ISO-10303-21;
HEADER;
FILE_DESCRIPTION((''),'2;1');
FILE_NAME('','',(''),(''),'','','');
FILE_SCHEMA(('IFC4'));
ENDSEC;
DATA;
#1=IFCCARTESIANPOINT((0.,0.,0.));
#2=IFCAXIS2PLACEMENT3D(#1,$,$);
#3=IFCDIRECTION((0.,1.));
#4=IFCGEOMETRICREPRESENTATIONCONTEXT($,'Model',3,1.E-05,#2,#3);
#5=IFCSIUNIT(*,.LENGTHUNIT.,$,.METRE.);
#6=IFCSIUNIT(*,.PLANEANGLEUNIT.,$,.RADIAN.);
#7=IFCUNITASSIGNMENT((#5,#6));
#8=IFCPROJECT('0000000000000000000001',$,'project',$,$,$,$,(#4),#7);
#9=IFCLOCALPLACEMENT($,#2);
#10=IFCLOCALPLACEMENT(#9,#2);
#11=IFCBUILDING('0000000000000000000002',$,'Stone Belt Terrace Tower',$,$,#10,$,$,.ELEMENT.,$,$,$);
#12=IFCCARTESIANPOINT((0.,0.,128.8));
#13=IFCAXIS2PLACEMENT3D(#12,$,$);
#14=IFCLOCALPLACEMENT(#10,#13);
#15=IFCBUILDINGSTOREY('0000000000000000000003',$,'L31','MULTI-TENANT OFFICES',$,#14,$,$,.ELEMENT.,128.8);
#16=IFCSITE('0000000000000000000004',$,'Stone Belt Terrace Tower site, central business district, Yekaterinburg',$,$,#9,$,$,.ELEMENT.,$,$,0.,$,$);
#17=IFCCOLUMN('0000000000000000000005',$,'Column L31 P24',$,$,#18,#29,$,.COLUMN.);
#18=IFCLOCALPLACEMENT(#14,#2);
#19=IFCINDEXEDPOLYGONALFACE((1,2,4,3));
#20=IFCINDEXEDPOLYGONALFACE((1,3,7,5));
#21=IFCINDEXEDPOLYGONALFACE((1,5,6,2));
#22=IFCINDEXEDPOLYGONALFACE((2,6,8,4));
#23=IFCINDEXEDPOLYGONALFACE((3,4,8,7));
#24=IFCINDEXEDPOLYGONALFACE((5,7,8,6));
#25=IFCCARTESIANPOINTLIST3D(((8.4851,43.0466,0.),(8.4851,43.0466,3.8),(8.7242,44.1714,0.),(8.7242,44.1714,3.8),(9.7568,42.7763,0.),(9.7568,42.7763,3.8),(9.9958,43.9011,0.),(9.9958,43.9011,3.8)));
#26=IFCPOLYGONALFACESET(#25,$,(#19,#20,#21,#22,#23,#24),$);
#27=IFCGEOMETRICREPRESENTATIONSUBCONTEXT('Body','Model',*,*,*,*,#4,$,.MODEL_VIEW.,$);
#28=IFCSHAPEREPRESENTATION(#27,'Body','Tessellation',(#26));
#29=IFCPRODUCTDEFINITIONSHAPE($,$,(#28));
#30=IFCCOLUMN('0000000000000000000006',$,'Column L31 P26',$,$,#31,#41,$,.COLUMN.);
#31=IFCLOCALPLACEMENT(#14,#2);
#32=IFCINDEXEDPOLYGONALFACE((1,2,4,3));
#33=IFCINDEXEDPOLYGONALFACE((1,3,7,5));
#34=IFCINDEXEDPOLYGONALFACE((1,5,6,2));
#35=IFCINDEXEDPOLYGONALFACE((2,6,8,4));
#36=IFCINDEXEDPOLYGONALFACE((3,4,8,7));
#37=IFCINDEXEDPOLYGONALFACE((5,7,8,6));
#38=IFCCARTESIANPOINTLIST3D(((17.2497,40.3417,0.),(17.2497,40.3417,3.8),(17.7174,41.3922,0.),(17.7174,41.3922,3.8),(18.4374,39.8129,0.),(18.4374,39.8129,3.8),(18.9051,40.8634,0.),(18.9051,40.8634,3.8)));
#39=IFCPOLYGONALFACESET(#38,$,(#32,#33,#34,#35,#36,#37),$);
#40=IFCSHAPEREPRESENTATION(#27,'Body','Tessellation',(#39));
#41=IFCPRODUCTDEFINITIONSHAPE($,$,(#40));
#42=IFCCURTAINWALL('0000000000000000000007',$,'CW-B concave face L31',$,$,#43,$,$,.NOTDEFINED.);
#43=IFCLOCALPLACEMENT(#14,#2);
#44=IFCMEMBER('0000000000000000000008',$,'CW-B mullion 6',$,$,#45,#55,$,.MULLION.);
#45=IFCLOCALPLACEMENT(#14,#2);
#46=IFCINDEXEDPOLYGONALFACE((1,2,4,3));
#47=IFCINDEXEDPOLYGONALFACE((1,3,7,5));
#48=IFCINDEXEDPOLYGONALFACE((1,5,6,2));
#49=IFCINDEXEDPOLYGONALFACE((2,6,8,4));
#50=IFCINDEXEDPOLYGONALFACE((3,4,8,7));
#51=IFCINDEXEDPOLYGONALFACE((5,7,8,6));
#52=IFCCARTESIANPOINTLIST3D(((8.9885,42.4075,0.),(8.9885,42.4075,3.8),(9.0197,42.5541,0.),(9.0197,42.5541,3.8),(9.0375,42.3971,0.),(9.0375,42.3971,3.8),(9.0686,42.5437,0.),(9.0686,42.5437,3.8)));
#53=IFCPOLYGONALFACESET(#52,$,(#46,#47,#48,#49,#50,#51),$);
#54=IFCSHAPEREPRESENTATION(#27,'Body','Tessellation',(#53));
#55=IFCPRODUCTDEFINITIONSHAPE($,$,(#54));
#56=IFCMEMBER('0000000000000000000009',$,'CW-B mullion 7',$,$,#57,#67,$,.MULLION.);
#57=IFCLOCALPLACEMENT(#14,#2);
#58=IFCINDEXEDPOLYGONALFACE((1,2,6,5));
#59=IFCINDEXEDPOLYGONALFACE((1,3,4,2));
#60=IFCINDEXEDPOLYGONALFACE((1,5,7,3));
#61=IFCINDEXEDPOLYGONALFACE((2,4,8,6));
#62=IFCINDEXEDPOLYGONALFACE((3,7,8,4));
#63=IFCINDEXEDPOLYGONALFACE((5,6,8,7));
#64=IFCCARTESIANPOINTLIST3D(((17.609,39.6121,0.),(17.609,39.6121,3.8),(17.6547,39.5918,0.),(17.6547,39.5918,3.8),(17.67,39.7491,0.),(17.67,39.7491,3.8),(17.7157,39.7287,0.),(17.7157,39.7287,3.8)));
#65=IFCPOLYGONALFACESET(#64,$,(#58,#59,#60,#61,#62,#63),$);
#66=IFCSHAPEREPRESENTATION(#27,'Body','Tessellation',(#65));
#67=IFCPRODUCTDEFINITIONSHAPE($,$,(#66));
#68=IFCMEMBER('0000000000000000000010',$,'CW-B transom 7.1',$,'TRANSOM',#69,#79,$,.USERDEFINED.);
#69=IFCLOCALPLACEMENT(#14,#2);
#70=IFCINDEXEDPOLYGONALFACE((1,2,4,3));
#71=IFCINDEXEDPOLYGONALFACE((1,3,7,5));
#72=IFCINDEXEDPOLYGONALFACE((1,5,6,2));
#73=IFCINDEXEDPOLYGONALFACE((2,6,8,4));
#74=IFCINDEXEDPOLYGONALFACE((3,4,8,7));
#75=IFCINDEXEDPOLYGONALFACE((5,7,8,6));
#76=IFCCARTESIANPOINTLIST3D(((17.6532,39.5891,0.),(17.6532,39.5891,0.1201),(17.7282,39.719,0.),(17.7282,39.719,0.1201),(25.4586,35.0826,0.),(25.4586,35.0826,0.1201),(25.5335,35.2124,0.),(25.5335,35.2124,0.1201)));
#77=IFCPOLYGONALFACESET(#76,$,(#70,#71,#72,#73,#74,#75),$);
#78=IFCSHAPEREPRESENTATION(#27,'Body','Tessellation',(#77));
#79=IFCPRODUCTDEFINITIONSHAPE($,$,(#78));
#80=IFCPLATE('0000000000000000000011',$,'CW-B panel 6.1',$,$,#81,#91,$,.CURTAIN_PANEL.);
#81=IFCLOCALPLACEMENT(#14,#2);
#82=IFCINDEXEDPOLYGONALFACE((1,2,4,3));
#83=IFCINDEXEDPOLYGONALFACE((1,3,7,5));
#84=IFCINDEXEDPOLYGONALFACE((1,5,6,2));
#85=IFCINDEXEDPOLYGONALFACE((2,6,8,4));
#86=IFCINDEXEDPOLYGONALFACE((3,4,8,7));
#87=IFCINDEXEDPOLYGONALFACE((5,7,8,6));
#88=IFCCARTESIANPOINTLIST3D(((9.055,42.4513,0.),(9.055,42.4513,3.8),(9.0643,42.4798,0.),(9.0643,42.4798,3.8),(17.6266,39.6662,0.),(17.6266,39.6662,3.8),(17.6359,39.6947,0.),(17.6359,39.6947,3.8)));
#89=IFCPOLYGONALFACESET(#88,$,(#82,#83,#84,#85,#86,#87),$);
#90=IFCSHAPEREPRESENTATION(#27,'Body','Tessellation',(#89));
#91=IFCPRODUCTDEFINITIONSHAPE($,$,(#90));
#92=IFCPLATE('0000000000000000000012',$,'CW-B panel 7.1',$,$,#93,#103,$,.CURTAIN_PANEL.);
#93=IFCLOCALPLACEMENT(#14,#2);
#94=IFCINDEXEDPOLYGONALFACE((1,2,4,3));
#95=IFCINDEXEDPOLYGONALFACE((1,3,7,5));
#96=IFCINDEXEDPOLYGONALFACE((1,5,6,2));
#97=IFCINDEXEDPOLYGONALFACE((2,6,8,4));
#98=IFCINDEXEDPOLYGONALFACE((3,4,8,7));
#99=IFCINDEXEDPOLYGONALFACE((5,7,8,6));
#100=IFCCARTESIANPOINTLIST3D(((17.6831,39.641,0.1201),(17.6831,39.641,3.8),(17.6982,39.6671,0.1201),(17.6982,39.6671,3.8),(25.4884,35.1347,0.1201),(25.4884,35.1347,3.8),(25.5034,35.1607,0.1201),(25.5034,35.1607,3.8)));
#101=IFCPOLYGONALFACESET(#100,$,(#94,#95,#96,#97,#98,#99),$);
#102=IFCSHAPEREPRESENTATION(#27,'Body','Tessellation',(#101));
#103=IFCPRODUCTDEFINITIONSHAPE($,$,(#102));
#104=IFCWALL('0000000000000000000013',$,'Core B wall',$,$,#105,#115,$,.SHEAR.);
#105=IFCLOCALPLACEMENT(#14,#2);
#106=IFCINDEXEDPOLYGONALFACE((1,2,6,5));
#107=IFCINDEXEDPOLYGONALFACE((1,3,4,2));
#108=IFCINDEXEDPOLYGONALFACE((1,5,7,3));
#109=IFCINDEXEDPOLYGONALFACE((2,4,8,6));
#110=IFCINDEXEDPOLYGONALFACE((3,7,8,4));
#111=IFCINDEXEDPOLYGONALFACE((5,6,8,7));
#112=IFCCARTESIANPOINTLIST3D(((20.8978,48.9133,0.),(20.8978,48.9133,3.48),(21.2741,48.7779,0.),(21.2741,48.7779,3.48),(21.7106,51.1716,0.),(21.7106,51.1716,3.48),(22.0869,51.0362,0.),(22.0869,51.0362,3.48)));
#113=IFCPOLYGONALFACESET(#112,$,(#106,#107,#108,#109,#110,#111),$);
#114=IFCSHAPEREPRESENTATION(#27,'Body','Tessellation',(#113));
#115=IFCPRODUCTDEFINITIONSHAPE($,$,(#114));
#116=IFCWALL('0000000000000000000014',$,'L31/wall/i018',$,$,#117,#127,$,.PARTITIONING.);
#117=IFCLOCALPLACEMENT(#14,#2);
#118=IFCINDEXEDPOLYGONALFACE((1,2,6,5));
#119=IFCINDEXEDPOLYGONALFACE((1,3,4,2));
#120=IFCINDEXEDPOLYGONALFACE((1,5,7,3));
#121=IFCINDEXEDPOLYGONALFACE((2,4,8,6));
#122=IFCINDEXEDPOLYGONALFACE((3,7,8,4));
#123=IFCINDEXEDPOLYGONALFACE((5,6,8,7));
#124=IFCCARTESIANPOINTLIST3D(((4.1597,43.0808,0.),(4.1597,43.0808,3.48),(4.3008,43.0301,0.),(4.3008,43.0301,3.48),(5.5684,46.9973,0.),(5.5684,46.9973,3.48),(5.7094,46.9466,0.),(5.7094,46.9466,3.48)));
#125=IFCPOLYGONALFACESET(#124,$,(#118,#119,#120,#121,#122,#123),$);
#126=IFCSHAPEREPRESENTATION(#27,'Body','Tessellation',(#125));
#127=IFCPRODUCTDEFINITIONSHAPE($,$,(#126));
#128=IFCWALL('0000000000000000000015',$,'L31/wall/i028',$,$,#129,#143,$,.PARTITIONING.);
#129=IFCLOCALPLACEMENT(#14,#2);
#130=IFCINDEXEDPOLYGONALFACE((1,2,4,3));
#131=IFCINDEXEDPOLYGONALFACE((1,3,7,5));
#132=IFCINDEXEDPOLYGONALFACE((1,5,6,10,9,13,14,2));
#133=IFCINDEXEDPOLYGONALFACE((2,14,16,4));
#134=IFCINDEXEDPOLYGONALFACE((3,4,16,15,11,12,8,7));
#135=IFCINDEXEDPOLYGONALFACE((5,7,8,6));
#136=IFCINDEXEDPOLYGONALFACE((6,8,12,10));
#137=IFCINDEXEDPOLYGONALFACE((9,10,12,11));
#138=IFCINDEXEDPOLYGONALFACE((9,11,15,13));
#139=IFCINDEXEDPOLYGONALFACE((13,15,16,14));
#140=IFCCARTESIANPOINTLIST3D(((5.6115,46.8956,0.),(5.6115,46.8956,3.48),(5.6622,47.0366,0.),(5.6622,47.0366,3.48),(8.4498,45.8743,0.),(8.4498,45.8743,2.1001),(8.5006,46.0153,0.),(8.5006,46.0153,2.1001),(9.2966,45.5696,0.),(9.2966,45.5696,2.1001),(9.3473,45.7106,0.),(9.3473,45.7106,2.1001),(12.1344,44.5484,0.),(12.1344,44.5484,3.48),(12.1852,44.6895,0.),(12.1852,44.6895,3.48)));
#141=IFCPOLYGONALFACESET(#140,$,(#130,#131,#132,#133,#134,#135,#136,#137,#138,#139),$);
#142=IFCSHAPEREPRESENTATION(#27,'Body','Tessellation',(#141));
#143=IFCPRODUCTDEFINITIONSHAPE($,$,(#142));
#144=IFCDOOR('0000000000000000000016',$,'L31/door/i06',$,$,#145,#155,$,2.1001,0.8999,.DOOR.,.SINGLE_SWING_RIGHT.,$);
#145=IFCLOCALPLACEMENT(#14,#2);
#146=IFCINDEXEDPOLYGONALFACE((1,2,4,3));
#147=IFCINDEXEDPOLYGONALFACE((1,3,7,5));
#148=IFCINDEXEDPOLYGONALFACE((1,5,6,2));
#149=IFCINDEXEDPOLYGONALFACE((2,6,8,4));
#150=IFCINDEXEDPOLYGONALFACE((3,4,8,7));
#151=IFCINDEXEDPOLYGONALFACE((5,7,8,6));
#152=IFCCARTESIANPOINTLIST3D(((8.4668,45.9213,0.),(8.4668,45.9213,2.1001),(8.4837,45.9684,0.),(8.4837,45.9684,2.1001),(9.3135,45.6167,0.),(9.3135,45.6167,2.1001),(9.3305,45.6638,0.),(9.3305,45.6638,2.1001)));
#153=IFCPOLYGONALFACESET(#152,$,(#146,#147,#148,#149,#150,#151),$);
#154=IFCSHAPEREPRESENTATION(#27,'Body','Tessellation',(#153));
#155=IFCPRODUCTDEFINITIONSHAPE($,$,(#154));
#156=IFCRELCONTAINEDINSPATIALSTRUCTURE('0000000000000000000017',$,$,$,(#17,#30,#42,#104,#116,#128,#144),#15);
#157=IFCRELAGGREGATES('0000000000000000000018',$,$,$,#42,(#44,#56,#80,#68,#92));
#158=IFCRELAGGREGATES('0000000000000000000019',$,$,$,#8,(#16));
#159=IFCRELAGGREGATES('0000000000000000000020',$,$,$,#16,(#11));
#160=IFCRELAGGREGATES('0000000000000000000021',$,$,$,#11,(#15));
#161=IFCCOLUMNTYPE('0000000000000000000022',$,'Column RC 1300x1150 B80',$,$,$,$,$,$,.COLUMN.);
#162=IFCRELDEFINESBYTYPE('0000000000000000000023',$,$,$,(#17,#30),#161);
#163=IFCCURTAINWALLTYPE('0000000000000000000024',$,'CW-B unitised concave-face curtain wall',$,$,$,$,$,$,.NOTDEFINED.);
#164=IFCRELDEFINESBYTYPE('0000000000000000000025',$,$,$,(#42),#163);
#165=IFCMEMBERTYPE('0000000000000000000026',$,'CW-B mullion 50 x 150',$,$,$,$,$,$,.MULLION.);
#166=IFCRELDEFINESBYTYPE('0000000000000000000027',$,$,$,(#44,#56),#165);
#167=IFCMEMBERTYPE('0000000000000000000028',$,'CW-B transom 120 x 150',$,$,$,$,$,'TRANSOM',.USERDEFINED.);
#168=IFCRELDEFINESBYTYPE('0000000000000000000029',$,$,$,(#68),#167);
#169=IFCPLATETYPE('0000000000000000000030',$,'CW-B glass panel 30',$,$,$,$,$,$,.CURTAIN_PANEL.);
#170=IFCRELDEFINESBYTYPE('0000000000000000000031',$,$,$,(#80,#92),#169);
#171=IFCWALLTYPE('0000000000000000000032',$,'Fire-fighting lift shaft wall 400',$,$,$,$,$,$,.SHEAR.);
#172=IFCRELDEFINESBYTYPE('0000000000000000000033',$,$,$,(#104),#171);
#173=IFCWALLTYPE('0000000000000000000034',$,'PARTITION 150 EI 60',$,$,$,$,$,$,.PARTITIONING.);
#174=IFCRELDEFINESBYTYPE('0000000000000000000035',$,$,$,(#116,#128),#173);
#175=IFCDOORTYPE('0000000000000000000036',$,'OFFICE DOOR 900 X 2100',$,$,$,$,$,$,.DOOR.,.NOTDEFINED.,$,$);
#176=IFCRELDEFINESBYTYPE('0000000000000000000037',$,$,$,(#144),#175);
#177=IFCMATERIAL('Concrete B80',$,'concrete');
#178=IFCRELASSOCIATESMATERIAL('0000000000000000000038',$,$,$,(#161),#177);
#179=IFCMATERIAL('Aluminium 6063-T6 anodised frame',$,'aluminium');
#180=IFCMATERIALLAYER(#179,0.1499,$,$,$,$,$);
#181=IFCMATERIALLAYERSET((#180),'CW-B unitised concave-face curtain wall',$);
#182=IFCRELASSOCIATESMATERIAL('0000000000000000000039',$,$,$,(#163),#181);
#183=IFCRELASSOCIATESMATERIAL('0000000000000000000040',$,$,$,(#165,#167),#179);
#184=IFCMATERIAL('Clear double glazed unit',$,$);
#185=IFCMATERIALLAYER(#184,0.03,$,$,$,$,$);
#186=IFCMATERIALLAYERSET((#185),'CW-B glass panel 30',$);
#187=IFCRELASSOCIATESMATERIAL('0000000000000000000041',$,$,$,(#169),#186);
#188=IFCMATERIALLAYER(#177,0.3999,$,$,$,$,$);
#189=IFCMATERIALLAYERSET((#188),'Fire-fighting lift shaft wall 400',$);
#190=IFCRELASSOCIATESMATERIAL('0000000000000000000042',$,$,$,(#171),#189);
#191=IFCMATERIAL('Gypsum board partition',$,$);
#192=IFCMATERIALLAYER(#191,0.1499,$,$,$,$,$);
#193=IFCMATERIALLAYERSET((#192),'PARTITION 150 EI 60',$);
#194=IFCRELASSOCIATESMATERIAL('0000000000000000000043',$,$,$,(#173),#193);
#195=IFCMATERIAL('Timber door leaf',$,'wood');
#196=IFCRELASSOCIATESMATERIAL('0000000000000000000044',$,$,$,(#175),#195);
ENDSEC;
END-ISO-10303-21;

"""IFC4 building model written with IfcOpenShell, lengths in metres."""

from ifc_helpers import new_model, si_unit, direction, frame, frame_2d, origin, origin_2d, place, context, subcontext, project, spatial, rectangle, extrude, material, layer, layer_set, material_profile, profile_set, type_object, element, fill, aggregate, save


model = new_model("IFC4")

# Units and contexts
model_context = context("Model", 3, precision=1e-05, world=origin(), true_north=direction((0.0, 1.0)))
body_context = subcontext(model_context, "Body", "Model", "MODEL_VIEW")
ifc_project = project(units=[si_unit("LENGTHUNIT", "METRE"), si_unit("PLANEANGLEUNIT", "RADIAN")], contexts=[model_context])

# Site, building, storey
site_placement = place(None, origin())
site = spatial("IfcSite", under=ifc_project, at=site_placement, Name="Stone Belt Terrace Tower site, central business district, Yekaterinburg", CompositionType="ELEMENT", RefElevation=0.0)
building_placement = place(site_placement, origin())
building = spatial("IfcBuilding", under=site, at=building_placement, Name="Stone Belt Terrace Tower", CompositionType="ELEMENT")
storey_placement = place(building_placement, frame((0.0, 0.0, 128.8)))
storey = spatial("IfcBuildingStorey", under=building, at=storey_placement, Name="L31", Description="MULTI-TENANT OFFICES", CompositionType="ELEMENT", Elevation=128.8)

# Columns
ifc_material_1 = material(Name="Concrete B80", Category="concrete")
ifc_material_profile_1 = material_profile(ifc_material_1, rectangle(XDim=1.3, YDim=1.1499, at=origin_2d()), Name="RC 1300x1150")
ifc_profile_set_1 = profile_set([ifc_material_profile_1], Name="Concrete B80")
column_type = type_object("IfcColumnType", Name="Column RC 1300x1150 B80", PredefinedType="COLUMN", material=ifc_profile_set_1)
for number, where, z_axis, x_axis, name in (
    (1, (9.2405, 43.4739, 0.0), (0.0, 0.0, 1.0), (0.978148, -0.207912, 0.0), "Column L31 P24"),
    (2, (18.0774, 40.6025, 0.0), (0.0, 0.0, 1.0), (0.913545, -0.406737, 0.0), "Column L31 P26"),
):
    element("IfcColumn", number, at=place(storey_placement, frame(where, z_axis=z_axis, x_axis=x_axis)), inside=storey, type_object=column_type, Name=name, PredefinedType="COLUMN", context=body_context, shape_type="SweptSolid", body=[
        extrude(rectangle(XDim=1.3, YDim=1.1499, at=origin_2d()), origin(), (0.0, 0.0, 1.0), 3.8),
    ])

# Curtain wall, members, plates
ifc_material_2 = material(Name="Aluminium 6063-T6 anodised frame", Category="aluminium")
ifc_layer_1 = layer(ifc_material_2, 0.1499)
ifc_layer_set_1 = layer_set([ifc_layer_1], Name="CW-B unitised concave-face curtain wall")
curtain_wall_type = type_object("IfcCurtainWallType", Name="CW-B unitised concave-face curtain wall", PredefinedType="NOTDEFINED", material=ifc_layer_set_1)
curtain_wall_placement = place(storey_placement, origin())
curtain_wall = element("IfcCurtainWall", 3, at=curtain_wall_placement, inside=storey, type_object=curtain_wall_type, Name="CW-B concave face L31", PredefinedType="NOTDEFINED")
ifc_material_profile_2 = material_profile(ifc_material_2, rectangle(XDim=0.1499, YDim=0.05, at=origin_2d()), Name="Aluminium 6063-T6 50x150")
ifc_profile_set_2 = profile_set([ifc_material_profile_2], Name="Aluminium 6063-T6 anodised frame")
member_type_1 = type_object("IfcMemberType", Name="CW-B mullion 50 x 150", PredefinedType="MULLION", material=ifc_profile_set_2)
member_1_placement = place(storey_placement, frame((9.0286, 42.4756, 0.0), z_axis=(0.0, 0.0, 1.0), x_axis=(0.207912, 0.978148, 0.0)))
member_1 = element("IfcMember", 4, at=member_1_placement, type_object=member_type_1, Name="CW-B mullion 6", PredefinedType="MULLION", context=body_context, shape_type="SweptSolid", body=[
    extrude(rectangle(XDim=0.1499, YDim=0.05, at=origin_2d()), origin(), (0.0, 0.0, 1.0), 3.8),
])
member_2_placement = place(storey_placement, frame((17.6624, 39.6704, 0.0), z_axis=(0.0, 0.0, 1.0), x_axis=(0.406737, 0.913545, 0.0)))
member_2 = element("IfcMember", 5, at=member_2_placement, type_object=member_type_1, Name="CW-B mullion 7", PredefinedType="MULLION", context=body_context, shape_type="SweptSolid", body=[
    extrude(rectangle(XDim=0.1499, YDim=0.05, at=origin_2d()), origin(), (0.0, 0.0, 1.0), 3.8),
])
ifc_material_profile_3 = material_profile(ifc_material_2, rectangle(XDim=0.1499, YDim=0.1201, at=origin_2d()), Name="Aluminium 6063-T6 150x120")
ifc_profile_set_3 = profile_set([ifc_material_profile_3], Name="Aluminium 6063-T6 anodised frame")
member_type_2 = type_object("IfcMemberType", Name="CW-B transom 120 x 150", ElementType="TRANSOM", PredefinedType="USERDEFINED", material=ifc_profile_set_3)
member_3_placement = place(storey_placement, frame((17.6907, 39.6541, 0.0601), z_axis=(0.866019, -0.500011, 0.0), x_axis=(0.500011, 0.866019, 0.0)))
member_3 = element("IfcMember", 6, at=member_3_placement, type_object=member_type_2, Name="CW-B transom 7.1", ObjectType="TRANSOM", PredefinedType="USERDEFINED", context=body_context, shape_type="SweptSolid", body=[
    extrude(rectangle(XDim=0.1499, YDim=0.1201, at=origin_2d()), origin(), (0.0, 0.0, 1.0), 9.0129),
])
ifc_material_3 = material(Name="Clear double glazed unit")
ifc_layer_2 = layer(ifc_material_3, 0.03)
ifc_layer_set_2 = layer_set([ifc_layer_2], Name="CW-B glass panel 30")
plate_type = type_object("IfcPlateType", Name="CW-B glass panel 30", PredefinedType="CURTAIN_PANEL", material=ifc_layer_set_2)
plate_1_placement = place(storey_placement, frame((13.3455, 41.073, 0.0), z_axis=(0.0, 0.0, 1.0), x_axis=(0.951057, -0.309017, 0.0)))
plate_1 = element("IfcPlate", 7, at=plate_1_placement, type_object=plate_type, Name="CW-B panel 6.1", PredefinedType="CURTAIN_PANEL", context=body_context, shape_type="SweptSolid", body=[
    extrude(rectangle(XDim=9.0127, YDim=0.03, at=origin_2d()), origin(), (0.0, 0.0, 1.0), 3.8),
])
plate_2_placement = place(storey_placement, frame((21.5933, 37.4009, 0.1201), z_axis=(0.0, 0.0, 1.0), x_axis=(0.866025, -0.5, 0.0)))
plate_2 = element("IfcPlate", 8, at=plate_2_placement, type_object=plate_type, Name="CW-B panel 7.1", PredefinedType="CURTAIN_PANEL", context=body_context, shape_type="SweptSolid", body=[
    extrude(rectangle(XDim=9.0127, YDim=0.03, at=origin_2d()), origin(), (0.0, 0.0, 1.0), 3.6799),
])
aggregate(curtain_wall, [member_1, member_2, plate_1, member_3, plate_2])

# Walls
ifc_layer_3 = layer(ifc_material_1, 0.3999)
ifc_layer_set_3 = layer_set([ifc_layer_3], Name="Fire-fighting lift shaft wall 400")
wall_type_1 = type_object("IfcWallType", Name="Fire-fighting lift shaft wall 400", PredefinedType="SHEAR", material=ifc_layer_set_3)
wall_1_placement = place(storey_placement, frame((21.0859, 48.8455, 0.0), z_axis=(0.0, 0.0, 1.0), x_axis=(0.338629, 0.94092, 0.0)))
element("IfcWall", 9, at=wall_1_placement, inside=storey, type_object=wall_type_1, Name="Core B wall", PredefinedType="SHEAR", context=body_context, shape_type="SweptSolid", body=[
    extrude(rectangle(XDim=2.4001, YDim=0.3999, at=frame_2d((1.2002, 0.0))), origin(), (0.0, 0.0, 1.0), 3.48),
])
ifc_material_4 = material(Name="Gypsum board partition")
ifc_layer_4 = layer(ifc_material_4, 0.1499)
ifc_layer_set_4 = layer_set([ifc_layer_4], Name="PARTITION 150 EI 60")
wall_type_2 = type_object("IfcWallType", Name="PARTITION 150 EI 60", PredefinedType="PARTITIONING", material=ifc_layer_set_4)
wall_2_placement = place(storey_placement, frame((5.6389, 46.9719, 0.0), z_axis=(0.0, 0.0, 1.0), x_axis=(-0.338454, -0.940983, 0.0)))
element("IfcWall", 10, at=wall_2_placement, inside=storey, type_object=wall_type_2, Name="L31/wall/i018", PredefinedType="PARTITIONING", context=body_context, shape_type="SweptSolid", body=[
    extrude(rectangle(XDim=4.1621, YDim=0.1499, at=frame_2d((2.0811, 0.0))), origin(), (0.0, 0.0, 1.0), 3.48),
])

# Wall, opening, door
wall_3_placement = place(storey_placement, frame((12.1599, 44.6189, 0.0), z_axis=(0.0, 0.0, 1.0), x_axis=(-0.940938, 0.33858, 0.0)))
wall_3 = element("IfcWall", 11, at=wall_3_placement, inside=storey, type_object=wall_type_2, Name="L31/wall/i028", PredefinedType="PARTITIONING", context=body_context, shape_type="SweptSolid", body=[
    extrude(rectangle(XDim=6.9324, YDim=0.1499, at=frame_2d((3.4663, 0.0))), origin(), (0.0, 0.0, 1.0), 3.48),
])
opening_1_placement = place(wall_3_placement, frame((3.0161, 0.0, 0.0)))
opening_1 = element("IfcOpeningElement", 12, at=opening_1_placement, cuts=wall_3, PredefinedType="OPENING", context=body_context, shape_type="SweptSolid", body=[
    extrude(rectangle(XDim=0.8999, YDim=2.1001, at=frame_2d((0.45, 1.05))), frame((0.0, 0.085, 0.0), z_axis=(0.0, -1.0, 0.0), x_axis=(1.0, 0.0, 0.0)), (0.0, 0.0, 1.0), 0.1699),
])
ifc_material_5 = material(Name="Timber door leaf", Category="wood")
door_type_1 = type_object("IfcDoorType", Name="OFFICE DOOR 900 X 2100", OperationType="NOTDEFINED", PredefinedType="DOOR", material=ifc_material_5)
door_1_placement = place(opening_1_placement, origin())
door_1 = element("IfcDoor", 13, at=door_1_placement, inside=storey, type_object=door_type_1, Name="L31/door/i06", OperationType="SINGLE_SWING_RIGHT", OverallHeight=2.1001, OverallWidth=0.8999, PredefinedType="DOOR", context=body_context, shape_type="SweptSolid", body=[
    extrude(rectangle(XDim=0.8999, YDim=2.1001, at=frame_2d((0.45, 1.05))), frame((0.0, 0.0249, 0.0), z_axis=(0.0, -1.0, 0.0), x_axis=(1.0, 0.0, 0.0)), (0.0, 0.0, 1.0), 0.05),
])
fill(opening_1, door_1)

save(model, "model.ifc")
